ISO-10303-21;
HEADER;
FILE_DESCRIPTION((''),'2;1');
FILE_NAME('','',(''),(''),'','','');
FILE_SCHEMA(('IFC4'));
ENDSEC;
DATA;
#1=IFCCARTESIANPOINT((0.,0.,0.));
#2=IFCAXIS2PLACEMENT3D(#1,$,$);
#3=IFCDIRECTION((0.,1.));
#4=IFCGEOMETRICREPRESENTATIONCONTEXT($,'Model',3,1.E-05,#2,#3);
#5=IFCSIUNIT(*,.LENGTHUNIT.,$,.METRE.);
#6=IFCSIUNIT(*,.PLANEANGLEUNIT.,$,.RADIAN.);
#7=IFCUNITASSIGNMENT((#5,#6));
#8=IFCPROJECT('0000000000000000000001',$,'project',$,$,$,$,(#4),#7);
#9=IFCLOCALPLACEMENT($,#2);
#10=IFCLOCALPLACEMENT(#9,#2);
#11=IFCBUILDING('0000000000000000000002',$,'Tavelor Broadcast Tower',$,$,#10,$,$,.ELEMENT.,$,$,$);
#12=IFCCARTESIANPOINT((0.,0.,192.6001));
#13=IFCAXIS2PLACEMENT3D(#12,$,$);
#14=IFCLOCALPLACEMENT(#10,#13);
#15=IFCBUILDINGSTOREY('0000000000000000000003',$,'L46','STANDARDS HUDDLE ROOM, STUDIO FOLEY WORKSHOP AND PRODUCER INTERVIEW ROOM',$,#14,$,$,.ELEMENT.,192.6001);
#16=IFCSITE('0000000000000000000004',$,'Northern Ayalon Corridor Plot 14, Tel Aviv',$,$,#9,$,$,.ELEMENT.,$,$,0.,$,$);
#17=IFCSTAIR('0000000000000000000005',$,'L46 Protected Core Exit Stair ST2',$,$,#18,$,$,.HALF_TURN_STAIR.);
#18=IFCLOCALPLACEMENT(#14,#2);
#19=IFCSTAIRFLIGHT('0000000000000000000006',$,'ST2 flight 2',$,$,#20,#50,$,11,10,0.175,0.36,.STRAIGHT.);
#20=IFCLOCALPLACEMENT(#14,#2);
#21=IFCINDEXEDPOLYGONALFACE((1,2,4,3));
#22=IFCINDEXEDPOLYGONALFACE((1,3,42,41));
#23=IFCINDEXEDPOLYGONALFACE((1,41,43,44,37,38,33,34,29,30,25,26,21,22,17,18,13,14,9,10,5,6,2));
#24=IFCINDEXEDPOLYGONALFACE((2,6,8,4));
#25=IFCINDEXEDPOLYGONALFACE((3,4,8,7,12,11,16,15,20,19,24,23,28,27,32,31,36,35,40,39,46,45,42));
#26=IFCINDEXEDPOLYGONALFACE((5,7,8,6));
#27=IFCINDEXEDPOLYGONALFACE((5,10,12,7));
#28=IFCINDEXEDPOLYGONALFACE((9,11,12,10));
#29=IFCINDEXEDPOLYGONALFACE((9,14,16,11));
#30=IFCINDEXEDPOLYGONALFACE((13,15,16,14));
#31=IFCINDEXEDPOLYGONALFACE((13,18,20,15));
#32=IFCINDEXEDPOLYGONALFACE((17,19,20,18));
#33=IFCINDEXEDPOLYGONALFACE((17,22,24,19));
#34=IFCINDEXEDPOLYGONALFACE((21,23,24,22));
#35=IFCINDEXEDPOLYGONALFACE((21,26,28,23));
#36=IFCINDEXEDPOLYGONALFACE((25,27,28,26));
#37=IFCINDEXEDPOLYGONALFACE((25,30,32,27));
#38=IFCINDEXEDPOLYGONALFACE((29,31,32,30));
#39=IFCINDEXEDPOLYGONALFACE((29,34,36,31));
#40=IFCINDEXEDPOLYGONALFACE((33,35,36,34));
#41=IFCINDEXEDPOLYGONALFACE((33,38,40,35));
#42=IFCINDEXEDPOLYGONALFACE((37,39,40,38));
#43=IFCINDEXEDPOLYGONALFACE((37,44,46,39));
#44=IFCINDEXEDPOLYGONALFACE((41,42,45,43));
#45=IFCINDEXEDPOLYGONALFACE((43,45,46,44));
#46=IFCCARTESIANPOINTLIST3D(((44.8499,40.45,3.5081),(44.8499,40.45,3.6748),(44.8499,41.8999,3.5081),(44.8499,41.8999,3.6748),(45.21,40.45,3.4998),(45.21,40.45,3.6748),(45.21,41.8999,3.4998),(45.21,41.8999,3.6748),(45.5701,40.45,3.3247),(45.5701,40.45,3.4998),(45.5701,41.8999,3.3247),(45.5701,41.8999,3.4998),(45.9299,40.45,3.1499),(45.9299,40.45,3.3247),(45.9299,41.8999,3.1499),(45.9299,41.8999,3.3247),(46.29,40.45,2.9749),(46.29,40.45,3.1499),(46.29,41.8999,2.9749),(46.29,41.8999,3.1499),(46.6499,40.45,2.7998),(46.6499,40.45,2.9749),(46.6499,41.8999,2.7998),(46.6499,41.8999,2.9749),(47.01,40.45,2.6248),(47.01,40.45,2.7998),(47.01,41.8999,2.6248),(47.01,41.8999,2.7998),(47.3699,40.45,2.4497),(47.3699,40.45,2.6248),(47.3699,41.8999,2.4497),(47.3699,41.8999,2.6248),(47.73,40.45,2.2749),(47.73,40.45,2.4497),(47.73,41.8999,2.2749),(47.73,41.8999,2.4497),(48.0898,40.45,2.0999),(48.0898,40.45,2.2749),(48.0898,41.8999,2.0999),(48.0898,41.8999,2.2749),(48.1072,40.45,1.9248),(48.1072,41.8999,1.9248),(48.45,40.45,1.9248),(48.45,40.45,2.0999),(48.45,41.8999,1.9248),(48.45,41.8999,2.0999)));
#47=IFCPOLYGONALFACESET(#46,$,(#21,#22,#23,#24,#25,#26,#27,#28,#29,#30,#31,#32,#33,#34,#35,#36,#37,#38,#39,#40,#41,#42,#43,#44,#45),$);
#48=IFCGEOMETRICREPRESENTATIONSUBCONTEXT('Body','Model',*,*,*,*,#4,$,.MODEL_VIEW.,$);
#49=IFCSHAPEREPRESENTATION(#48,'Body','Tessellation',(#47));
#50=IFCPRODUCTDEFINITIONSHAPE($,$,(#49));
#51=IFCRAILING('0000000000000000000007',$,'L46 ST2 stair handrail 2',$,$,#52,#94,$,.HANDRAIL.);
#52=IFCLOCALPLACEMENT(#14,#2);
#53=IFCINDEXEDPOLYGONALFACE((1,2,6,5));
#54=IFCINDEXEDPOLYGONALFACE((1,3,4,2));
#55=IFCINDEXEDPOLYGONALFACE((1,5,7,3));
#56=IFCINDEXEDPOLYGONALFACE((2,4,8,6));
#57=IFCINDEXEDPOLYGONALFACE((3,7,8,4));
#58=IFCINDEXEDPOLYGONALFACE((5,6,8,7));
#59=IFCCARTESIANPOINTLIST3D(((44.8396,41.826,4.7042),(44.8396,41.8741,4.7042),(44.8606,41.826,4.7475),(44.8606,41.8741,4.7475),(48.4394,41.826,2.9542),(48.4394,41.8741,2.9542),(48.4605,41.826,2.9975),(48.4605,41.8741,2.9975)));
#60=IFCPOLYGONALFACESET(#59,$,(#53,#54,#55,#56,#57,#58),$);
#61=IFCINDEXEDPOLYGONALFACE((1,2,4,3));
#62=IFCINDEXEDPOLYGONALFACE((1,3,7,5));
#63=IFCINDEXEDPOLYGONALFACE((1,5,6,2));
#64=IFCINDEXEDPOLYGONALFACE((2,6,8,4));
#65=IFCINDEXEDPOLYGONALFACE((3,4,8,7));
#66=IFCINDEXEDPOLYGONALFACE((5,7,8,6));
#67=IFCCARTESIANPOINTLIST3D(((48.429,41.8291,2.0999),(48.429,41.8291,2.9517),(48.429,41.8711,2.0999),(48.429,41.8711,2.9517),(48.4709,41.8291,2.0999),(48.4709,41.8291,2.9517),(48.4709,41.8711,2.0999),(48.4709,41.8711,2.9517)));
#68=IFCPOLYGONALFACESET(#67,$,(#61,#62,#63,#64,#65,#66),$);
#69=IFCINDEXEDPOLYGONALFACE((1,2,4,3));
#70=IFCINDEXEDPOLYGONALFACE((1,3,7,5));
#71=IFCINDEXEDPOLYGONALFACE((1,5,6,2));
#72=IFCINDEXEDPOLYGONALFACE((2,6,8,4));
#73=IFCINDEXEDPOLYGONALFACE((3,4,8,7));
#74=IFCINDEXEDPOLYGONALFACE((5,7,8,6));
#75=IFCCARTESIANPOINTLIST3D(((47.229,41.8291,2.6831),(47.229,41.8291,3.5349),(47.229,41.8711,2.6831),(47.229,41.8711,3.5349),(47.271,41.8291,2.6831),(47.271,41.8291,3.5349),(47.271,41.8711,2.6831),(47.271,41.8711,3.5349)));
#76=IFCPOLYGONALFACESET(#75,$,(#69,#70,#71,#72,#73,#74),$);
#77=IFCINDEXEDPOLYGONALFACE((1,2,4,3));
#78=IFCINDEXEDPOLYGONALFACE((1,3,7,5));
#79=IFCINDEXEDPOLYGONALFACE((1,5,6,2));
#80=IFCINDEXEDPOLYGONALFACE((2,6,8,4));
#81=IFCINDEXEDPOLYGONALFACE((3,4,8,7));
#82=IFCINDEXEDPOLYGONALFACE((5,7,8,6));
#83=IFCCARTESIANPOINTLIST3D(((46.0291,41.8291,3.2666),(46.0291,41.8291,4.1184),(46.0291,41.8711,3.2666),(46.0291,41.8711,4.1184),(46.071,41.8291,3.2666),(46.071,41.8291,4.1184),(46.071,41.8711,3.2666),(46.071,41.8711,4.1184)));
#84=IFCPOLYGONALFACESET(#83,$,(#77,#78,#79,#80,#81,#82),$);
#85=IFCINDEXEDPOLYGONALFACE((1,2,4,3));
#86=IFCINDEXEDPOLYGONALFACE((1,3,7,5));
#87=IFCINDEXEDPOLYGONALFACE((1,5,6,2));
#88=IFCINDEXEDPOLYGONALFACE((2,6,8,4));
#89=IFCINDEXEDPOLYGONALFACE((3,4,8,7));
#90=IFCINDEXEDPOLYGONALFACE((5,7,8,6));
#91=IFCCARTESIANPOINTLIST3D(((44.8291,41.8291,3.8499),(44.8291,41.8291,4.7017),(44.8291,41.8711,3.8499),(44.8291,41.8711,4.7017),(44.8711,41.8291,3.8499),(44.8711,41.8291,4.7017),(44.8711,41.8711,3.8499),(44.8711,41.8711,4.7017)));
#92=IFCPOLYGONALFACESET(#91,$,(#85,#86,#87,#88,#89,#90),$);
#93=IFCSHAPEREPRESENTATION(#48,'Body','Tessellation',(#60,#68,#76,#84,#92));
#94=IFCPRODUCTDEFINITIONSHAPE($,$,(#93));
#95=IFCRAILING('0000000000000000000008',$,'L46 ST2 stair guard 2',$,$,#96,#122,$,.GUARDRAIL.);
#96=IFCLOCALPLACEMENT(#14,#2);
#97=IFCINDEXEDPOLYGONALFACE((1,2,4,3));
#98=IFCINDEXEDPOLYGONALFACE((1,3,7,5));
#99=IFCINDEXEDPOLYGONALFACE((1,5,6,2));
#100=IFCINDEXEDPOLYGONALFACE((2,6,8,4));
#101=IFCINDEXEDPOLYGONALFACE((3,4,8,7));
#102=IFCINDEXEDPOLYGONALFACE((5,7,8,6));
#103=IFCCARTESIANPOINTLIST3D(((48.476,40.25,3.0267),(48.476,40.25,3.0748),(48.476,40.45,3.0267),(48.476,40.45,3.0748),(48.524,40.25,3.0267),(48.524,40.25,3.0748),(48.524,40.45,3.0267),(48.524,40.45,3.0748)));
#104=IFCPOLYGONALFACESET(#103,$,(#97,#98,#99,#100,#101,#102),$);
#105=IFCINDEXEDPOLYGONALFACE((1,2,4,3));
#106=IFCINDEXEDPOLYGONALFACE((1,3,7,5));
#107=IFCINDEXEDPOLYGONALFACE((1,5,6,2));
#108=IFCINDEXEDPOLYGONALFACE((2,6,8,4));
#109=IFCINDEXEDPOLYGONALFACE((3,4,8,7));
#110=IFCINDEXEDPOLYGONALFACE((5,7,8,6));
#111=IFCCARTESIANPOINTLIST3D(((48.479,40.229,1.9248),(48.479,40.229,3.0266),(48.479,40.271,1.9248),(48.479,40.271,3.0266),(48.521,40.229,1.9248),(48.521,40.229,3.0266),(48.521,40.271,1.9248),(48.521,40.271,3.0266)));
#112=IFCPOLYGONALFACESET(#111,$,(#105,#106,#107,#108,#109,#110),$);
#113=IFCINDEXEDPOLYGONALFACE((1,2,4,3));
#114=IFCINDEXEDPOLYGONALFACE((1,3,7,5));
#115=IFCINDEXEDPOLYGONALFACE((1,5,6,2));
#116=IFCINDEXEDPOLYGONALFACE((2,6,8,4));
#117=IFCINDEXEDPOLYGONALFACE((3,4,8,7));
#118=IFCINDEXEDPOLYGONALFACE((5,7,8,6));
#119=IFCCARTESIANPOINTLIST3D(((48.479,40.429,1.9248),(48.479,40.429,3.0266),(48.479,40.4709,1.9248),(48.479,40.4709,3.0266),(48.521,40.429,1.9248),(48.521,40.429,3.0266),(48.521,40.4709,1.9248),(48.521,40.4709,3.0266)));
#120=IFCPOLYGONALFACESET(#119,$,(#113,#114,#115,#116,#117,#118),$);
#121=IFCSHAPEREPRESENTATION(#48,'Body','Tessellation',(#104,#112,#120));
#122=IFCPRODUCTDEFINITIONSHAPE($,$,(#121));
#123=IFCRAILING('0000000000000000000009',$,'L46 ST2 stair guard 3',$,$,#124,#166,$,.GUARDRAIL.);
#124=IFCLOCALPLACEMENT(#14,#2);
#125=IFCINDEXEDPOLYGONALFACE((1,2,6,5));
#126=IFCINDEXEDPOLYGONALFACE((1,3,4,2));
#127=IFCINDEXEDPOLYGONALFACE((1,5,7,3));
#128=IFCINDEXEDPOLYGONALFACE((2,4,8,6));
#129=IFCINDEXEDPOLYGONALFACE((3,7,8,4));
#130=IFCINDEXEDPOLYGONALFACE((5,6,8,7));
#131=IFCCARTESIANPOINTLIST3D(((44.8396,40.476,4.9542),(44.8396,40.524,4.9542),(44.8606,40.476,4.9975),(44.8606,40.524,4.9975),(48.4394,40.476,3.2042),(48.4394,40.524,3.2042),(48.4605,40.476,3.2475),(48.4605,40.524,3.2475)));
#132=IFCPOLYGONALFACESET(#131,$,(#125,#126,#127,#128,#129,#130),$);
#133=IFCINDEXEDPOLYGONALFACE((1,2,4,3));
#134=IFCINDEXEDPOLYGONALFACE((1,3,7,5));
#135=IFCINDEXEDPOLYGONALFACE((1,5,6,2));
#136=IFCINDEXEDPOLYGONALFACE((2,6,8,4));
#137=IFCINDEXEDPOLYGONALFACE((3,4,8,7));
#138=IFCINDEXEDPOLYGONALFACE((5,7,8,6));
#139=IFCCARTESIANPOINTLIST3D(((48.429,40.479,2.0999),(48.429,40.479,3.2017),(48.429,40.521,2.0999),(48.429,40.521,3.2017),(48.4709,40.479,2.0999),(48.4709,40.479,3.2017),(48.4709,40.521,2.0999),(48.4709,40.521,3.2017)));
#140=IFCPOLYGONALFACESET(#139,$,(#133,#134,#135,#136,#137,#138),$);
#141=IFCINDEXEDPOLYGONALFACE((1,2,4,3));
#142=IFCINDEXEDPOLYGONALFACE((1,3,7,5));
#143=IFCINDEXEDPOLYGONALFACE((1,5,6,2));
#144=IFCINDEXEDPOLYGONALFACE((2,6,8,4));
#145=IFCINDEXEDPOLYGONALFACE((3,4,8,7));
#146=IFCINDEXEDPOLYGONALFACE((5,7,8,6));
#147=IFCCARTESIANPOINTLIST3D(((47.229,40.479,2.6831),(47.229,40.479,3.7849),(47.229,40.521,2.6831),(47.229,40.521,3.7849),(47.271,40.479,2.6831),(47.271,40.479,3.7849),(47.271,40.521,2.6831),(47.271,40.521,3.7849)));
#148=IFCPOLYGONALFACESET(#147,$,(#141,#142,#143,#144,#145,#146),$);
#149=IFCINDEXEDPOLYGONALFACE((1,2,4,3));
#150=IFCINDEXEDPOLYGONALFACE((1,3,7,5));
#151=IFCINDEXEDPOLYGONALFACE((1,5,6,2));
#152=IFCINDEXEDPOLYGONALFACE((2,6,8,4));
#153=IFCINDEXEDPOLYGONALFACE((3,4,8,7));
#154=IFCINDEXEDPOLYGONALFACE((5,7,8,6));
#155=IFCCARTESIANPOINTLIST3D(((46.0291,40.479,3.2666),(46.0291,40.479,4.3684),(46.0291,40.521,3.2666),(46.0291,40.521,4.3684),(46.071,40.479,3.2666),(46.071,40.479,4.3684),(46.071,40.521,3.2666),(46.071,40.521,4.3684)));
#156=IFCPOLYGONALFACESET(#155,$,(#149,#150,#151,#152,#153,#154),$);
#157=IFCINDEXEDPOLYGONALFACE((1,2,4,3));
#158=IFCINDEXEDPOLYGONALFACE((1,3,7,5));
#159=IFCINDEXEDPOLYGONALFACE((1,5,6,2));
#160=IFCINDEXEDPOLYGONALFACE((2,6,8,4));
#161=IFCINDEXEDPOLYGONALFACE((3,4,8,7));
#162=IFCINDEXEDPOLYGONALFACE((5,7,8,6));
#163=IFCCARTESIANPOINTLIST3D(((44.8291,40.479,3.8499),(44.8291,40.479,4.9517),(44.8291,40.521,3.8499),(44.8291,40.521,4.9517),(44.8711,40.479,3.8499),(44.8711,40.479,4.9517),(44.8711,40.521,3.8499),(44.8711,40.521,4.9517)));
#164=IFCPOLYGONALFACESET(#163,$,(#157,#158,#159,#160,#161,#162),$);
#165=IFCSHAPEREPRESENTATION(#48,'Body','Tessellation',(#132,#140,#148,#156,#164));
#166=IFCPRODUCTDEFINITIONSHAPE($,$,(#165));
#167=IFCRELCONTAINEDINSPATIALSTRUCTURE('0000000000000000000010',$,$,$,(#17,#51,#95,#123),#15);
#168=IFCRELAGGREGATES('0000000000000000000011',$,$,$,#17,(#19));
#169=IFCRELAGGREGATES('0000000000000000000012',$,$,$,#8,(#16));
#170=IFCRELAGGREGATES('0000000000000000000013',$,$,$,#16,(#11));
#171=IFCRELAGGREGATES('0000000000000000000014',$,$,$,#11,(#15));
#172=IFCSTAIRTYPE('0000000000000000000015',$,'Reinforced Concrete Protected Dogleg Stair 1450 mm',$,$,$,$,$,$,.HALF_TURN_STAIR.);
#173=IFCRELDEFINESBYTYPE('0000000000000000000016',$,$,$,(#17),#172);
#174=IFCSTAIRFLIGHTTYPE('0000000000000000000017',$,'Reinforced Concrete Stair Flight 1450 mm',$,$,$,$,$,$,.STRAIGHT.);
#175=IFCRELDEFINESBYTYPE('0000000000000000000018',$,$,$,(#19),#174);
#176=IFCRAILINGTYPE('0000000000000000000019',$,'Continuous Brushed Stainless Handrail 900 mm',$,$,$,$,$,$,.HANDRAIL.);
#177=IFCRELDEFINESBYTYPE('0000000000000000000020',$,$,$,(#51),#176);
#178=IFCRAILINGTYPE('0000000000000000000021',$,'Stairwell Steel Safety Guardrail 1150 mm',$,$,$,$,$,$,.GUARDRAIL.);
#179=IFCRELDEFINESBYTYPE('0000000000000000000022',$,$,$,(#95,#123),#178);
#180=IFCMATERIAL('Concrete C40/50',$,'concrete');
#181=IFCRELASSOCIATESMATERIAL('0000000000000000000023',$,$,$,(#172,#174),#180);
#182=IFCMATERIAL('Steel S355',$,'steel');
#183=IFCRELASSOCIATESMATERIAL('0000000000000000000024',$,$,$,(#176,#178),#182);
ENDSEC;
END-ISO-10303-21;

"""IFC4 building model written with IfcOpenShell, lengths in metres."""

from ifc_helpers import new_model, si_unit, direction, frame, origin, origin_2d, place, context, subcontext, project, spatial, polyline, rectangle, outline, extrude, material, type_object, element, aggregate, save


model = new_model("IFC4")

# Units and contexts
model_context = context("Model", 3, precision=1e-05, world=origin(), true_north=direction((0.0, 1.0)))
body_context = subcontext(model_context, "Body", "Model", "MODEL_VIEW")
ifc_project = project(units=[si_unit("LENGTHUNIT", "METRE"), si_unit("PLANEANGLEUNIT", "RADIAN")], contexts=[model_context])

# Site, building, storey
site_placement = place(None, origin())
site = spatial("IfcSite", under=ifc_project, at=site_placement, Name="Northern Ayalon Corridor Plot 14, Tel Aviv", CompositionType="ELEMENT", RefElevation=0.0)
building_placement = place(site_placement, origin())
building = spatial("IfcBuilding", under=site, at=building_placement, Name="Tavelor Broadcast Tower", CompositionType="ELEMENT")
storey_placement = place(building_placement, frame((0.0, 0.0, 192.6001)))
storey = spatial("IfcBuildingStorey", under=building, at=storey_placement, Name="L46", Description="STANDARDS HUDDLE ROOM, STUDIO FOLEY WORKSHOP AND PRODUCER INTERVIEW ROOM", CompositionType="ELEMENT", Elevation=192.6001)

# Shared definitions
ifc_material_1 = material(Name="Steel S355", Category="steel")

# Shared definitions
ifc_material_2 = material(Name="Concrete C40/50", Category="concrete")

# Stair, stair flight
stair_type = type_object("IfcStairType", Name="Reinforced Concrete Protected Dogleg Stair 1450 mm", PredefinedType="HALF_TURN_STAIR", material=ifc_material_2)
stair_placement = place(storey_placement, origin())
stair = element("IfcStair", 1, at=stair_placement, inside=storey, type_object=stair_type, Name="L46 Protected Core Exit Stair ST2", PredefinedType="HALF_TURN_STAIR")
stair_flight_type = type_object("IfcStairFlightType", Name="Reinforced Concrete Stair Flight 1450 mm", PredefinedType="STRAIGHT", material=ifc_material_2)
stair_flight_placement = place(storey_placement, frame((48.45, 41.175, 1.9248), z_axis=(0.0, 0.0, 1.0), x_axis=(-1.0, 0.0, 0.0)))
stair_flight = element("IfcStairFlight", 2, at=stair_flight_placement, type_object=stair_flight_type, Name="ST2 flight 2", NumberOfRisers=11, NumberOfTreads=10, PredefinedType="STRAIGHT", RiserHeight=0.175, TreadLength=0.36, context=body_context, shape_type="SweptSolid", body=[
    extrude(outline(polyline([(0.0, 0.0), (0.0, 0.175), (0.3601, 0.175), (0.3601, 0.3501), (0.72, 0.3501), (0.72, 0.5249), (1.0801, 0.5249), (1.0801, 0.7), (1.4399, 0.7), (1.4399, 0.875), (1.8, 0.875), (1.8, 1.05), (2.1599, 1.05), (2.1599, 1.2251), (2.52, 1.2251), (2.52, 1.3999), (2.8799, 1.3999), (2.8799, 1.575), (3.24, 1.575), (3.24, 1.75), (3.6001, 1.75), (3.6001, 1.925), (3.6001, 1.5833), (0.3428, 0.0), (0.0, 0.0)])), frame((0.0, 0.7251, 0.0), z_axis=(0.0, -1.0, 0.0), x_axis=(1.0, 0.0, 0.0)), (0.0, 0.0, 1.0), 1.45),
])
aggregate(stair, [stair_flight])

# Railings
railing_type_1 = type_object("IfcRailingType", Name="Continuous Brushed Stainless Handrail 900 mm", PredefinedType="HANDRAIL", material=ifc_material_1)
railing_1_placement = place(storey_placement, frame((48.45, 41.8501, 2.0999)))
element("IfcRailing", 3, at=railing_1_placement, inside=storey, type_object=railing_type_1, Name="L46 ST2 stair handrail 2", PredefinedType="HANDRAIL", context=body_context, shape_type="SweptSolid", body=[
    extrude(rectangle(XDim=0.0481, YDim=0.0481, at=origin_2d()), frame((0.0, 0.0, 0.876), z_axis=(-0.899361, 0.0, 0.437207), x_axis=(0.0, -1.0, 0.0)), (0.0, 0.0, 1.0), 4.0027),
    extrude(rectangle(XDim=0.042, YDim=0.042, at=origin_2d()), origin(), (0.0, 0.0, 1.0), 0.8518),
    extrude(rectangle(XDim=0.042, YDim=0.042, at=origin_2d()), frame((-1.2, 0.0, 0.5833)), (0.0, 0.0, 1.0), 0.8518),
    extrude(rectangle(XDim=0.042, YDim=0.042, at=origin_2d()), frame((-2.3999, 0.0, 1.1667)), (0.0, 0.0, 1.0), 0.8518),
    extrude(rectangle(XDim=0.042, YDim=0.042, at=origin_2d()), frame((-3.5999, 0.0, 1.75)), (0.0, 0.0, 1.0), 0.8518),
])
railing_type_2 = type_object("IfcRailingType", Name="Stairwell Steel Safety Guardrail 1150 mm", PredefinedType="GUARDRAIL", material=ifc_material_1)
railing_2_placement = place(storey_placement, frame((48.5, 40.25, 1.9248)))
element("IfcRailing", 4, at=railing_2_placement, inside=storey, type_object=railing_type_2, Name="L46 ST2 stair guard 2", PredefinedType="GUARDRAIL", context=body_context, shape_type="SweptSolid", body=[
    extrude(rectangle(XDim=0.0481, YDim=0.0481, at=origin_2d()), frame((0.0, 0.0, 1.126), z_axis=(0.0, 1.0, 0.0), x_axis=(-1.0, 0.0, 0.0)), (0.0, 0.0, 1.0), 0.2),
    extrude(rectangle(XDim=0.042, YDim=0.042, at=origin_2d()), origin(), (0.0, 0.0, 1.0), 1.1018),
    extrude(rectangle(XDim=0.042, YDim=0.042, at=origin_2d()), frame((0.0, 0.2, 0.0)), (0.0, 0.0, 1.0), 1.1018),
])
railing_3_placement = place(storey_placement, frame((48.45, 40.5, 2.0999)))
element("IfcRailing", 5, at=railing_3_placement, inside=storey, type_object=railing_type_2, Name="L46 ST2 stair guard 3", PredefinedType="GUARDRAIL", context=body_context, shape_type="SweptSolid", body=[
    extrude(rectangle(XDim=0.0481, YDim=0.0481, at=origin_2d()), frame((0.0, 0.0, 1.126), z_axis=(-0.899361, 0.0, 0.437207), x_axis=(0.0, -1.0, 0.0)), (0.0, 0.0, 1.0), 4.0027),
    extrude(rectangle(XDim=0.042, YDim=0.042, at=origin_2d()), origin(), (0.0, 0.0, 1.0), 1.1018),
    extrude(rectangle(XDim=0.042, YDim=0.042, at=origin_2d()), frame((-1.2, 0.0, 0.5833)), (0.0, 0.0, 1.0), 1.1018),
    extrude(rectangle(XDim=0.042, YDim=0.042, at=origin_2d()), frame((-2.3999, 0.0, 1.1667)), (0.0, 0.0, 1.0), 1.1018),
    extrude(rectangle(XDim=0.042, YDim=0.042, at=origin_2d()), frame((-3.5999, 0.0, 1.75)), (0.0, 0.0, 1.0), 1.1018),
])

save(model, "model.ifc")
